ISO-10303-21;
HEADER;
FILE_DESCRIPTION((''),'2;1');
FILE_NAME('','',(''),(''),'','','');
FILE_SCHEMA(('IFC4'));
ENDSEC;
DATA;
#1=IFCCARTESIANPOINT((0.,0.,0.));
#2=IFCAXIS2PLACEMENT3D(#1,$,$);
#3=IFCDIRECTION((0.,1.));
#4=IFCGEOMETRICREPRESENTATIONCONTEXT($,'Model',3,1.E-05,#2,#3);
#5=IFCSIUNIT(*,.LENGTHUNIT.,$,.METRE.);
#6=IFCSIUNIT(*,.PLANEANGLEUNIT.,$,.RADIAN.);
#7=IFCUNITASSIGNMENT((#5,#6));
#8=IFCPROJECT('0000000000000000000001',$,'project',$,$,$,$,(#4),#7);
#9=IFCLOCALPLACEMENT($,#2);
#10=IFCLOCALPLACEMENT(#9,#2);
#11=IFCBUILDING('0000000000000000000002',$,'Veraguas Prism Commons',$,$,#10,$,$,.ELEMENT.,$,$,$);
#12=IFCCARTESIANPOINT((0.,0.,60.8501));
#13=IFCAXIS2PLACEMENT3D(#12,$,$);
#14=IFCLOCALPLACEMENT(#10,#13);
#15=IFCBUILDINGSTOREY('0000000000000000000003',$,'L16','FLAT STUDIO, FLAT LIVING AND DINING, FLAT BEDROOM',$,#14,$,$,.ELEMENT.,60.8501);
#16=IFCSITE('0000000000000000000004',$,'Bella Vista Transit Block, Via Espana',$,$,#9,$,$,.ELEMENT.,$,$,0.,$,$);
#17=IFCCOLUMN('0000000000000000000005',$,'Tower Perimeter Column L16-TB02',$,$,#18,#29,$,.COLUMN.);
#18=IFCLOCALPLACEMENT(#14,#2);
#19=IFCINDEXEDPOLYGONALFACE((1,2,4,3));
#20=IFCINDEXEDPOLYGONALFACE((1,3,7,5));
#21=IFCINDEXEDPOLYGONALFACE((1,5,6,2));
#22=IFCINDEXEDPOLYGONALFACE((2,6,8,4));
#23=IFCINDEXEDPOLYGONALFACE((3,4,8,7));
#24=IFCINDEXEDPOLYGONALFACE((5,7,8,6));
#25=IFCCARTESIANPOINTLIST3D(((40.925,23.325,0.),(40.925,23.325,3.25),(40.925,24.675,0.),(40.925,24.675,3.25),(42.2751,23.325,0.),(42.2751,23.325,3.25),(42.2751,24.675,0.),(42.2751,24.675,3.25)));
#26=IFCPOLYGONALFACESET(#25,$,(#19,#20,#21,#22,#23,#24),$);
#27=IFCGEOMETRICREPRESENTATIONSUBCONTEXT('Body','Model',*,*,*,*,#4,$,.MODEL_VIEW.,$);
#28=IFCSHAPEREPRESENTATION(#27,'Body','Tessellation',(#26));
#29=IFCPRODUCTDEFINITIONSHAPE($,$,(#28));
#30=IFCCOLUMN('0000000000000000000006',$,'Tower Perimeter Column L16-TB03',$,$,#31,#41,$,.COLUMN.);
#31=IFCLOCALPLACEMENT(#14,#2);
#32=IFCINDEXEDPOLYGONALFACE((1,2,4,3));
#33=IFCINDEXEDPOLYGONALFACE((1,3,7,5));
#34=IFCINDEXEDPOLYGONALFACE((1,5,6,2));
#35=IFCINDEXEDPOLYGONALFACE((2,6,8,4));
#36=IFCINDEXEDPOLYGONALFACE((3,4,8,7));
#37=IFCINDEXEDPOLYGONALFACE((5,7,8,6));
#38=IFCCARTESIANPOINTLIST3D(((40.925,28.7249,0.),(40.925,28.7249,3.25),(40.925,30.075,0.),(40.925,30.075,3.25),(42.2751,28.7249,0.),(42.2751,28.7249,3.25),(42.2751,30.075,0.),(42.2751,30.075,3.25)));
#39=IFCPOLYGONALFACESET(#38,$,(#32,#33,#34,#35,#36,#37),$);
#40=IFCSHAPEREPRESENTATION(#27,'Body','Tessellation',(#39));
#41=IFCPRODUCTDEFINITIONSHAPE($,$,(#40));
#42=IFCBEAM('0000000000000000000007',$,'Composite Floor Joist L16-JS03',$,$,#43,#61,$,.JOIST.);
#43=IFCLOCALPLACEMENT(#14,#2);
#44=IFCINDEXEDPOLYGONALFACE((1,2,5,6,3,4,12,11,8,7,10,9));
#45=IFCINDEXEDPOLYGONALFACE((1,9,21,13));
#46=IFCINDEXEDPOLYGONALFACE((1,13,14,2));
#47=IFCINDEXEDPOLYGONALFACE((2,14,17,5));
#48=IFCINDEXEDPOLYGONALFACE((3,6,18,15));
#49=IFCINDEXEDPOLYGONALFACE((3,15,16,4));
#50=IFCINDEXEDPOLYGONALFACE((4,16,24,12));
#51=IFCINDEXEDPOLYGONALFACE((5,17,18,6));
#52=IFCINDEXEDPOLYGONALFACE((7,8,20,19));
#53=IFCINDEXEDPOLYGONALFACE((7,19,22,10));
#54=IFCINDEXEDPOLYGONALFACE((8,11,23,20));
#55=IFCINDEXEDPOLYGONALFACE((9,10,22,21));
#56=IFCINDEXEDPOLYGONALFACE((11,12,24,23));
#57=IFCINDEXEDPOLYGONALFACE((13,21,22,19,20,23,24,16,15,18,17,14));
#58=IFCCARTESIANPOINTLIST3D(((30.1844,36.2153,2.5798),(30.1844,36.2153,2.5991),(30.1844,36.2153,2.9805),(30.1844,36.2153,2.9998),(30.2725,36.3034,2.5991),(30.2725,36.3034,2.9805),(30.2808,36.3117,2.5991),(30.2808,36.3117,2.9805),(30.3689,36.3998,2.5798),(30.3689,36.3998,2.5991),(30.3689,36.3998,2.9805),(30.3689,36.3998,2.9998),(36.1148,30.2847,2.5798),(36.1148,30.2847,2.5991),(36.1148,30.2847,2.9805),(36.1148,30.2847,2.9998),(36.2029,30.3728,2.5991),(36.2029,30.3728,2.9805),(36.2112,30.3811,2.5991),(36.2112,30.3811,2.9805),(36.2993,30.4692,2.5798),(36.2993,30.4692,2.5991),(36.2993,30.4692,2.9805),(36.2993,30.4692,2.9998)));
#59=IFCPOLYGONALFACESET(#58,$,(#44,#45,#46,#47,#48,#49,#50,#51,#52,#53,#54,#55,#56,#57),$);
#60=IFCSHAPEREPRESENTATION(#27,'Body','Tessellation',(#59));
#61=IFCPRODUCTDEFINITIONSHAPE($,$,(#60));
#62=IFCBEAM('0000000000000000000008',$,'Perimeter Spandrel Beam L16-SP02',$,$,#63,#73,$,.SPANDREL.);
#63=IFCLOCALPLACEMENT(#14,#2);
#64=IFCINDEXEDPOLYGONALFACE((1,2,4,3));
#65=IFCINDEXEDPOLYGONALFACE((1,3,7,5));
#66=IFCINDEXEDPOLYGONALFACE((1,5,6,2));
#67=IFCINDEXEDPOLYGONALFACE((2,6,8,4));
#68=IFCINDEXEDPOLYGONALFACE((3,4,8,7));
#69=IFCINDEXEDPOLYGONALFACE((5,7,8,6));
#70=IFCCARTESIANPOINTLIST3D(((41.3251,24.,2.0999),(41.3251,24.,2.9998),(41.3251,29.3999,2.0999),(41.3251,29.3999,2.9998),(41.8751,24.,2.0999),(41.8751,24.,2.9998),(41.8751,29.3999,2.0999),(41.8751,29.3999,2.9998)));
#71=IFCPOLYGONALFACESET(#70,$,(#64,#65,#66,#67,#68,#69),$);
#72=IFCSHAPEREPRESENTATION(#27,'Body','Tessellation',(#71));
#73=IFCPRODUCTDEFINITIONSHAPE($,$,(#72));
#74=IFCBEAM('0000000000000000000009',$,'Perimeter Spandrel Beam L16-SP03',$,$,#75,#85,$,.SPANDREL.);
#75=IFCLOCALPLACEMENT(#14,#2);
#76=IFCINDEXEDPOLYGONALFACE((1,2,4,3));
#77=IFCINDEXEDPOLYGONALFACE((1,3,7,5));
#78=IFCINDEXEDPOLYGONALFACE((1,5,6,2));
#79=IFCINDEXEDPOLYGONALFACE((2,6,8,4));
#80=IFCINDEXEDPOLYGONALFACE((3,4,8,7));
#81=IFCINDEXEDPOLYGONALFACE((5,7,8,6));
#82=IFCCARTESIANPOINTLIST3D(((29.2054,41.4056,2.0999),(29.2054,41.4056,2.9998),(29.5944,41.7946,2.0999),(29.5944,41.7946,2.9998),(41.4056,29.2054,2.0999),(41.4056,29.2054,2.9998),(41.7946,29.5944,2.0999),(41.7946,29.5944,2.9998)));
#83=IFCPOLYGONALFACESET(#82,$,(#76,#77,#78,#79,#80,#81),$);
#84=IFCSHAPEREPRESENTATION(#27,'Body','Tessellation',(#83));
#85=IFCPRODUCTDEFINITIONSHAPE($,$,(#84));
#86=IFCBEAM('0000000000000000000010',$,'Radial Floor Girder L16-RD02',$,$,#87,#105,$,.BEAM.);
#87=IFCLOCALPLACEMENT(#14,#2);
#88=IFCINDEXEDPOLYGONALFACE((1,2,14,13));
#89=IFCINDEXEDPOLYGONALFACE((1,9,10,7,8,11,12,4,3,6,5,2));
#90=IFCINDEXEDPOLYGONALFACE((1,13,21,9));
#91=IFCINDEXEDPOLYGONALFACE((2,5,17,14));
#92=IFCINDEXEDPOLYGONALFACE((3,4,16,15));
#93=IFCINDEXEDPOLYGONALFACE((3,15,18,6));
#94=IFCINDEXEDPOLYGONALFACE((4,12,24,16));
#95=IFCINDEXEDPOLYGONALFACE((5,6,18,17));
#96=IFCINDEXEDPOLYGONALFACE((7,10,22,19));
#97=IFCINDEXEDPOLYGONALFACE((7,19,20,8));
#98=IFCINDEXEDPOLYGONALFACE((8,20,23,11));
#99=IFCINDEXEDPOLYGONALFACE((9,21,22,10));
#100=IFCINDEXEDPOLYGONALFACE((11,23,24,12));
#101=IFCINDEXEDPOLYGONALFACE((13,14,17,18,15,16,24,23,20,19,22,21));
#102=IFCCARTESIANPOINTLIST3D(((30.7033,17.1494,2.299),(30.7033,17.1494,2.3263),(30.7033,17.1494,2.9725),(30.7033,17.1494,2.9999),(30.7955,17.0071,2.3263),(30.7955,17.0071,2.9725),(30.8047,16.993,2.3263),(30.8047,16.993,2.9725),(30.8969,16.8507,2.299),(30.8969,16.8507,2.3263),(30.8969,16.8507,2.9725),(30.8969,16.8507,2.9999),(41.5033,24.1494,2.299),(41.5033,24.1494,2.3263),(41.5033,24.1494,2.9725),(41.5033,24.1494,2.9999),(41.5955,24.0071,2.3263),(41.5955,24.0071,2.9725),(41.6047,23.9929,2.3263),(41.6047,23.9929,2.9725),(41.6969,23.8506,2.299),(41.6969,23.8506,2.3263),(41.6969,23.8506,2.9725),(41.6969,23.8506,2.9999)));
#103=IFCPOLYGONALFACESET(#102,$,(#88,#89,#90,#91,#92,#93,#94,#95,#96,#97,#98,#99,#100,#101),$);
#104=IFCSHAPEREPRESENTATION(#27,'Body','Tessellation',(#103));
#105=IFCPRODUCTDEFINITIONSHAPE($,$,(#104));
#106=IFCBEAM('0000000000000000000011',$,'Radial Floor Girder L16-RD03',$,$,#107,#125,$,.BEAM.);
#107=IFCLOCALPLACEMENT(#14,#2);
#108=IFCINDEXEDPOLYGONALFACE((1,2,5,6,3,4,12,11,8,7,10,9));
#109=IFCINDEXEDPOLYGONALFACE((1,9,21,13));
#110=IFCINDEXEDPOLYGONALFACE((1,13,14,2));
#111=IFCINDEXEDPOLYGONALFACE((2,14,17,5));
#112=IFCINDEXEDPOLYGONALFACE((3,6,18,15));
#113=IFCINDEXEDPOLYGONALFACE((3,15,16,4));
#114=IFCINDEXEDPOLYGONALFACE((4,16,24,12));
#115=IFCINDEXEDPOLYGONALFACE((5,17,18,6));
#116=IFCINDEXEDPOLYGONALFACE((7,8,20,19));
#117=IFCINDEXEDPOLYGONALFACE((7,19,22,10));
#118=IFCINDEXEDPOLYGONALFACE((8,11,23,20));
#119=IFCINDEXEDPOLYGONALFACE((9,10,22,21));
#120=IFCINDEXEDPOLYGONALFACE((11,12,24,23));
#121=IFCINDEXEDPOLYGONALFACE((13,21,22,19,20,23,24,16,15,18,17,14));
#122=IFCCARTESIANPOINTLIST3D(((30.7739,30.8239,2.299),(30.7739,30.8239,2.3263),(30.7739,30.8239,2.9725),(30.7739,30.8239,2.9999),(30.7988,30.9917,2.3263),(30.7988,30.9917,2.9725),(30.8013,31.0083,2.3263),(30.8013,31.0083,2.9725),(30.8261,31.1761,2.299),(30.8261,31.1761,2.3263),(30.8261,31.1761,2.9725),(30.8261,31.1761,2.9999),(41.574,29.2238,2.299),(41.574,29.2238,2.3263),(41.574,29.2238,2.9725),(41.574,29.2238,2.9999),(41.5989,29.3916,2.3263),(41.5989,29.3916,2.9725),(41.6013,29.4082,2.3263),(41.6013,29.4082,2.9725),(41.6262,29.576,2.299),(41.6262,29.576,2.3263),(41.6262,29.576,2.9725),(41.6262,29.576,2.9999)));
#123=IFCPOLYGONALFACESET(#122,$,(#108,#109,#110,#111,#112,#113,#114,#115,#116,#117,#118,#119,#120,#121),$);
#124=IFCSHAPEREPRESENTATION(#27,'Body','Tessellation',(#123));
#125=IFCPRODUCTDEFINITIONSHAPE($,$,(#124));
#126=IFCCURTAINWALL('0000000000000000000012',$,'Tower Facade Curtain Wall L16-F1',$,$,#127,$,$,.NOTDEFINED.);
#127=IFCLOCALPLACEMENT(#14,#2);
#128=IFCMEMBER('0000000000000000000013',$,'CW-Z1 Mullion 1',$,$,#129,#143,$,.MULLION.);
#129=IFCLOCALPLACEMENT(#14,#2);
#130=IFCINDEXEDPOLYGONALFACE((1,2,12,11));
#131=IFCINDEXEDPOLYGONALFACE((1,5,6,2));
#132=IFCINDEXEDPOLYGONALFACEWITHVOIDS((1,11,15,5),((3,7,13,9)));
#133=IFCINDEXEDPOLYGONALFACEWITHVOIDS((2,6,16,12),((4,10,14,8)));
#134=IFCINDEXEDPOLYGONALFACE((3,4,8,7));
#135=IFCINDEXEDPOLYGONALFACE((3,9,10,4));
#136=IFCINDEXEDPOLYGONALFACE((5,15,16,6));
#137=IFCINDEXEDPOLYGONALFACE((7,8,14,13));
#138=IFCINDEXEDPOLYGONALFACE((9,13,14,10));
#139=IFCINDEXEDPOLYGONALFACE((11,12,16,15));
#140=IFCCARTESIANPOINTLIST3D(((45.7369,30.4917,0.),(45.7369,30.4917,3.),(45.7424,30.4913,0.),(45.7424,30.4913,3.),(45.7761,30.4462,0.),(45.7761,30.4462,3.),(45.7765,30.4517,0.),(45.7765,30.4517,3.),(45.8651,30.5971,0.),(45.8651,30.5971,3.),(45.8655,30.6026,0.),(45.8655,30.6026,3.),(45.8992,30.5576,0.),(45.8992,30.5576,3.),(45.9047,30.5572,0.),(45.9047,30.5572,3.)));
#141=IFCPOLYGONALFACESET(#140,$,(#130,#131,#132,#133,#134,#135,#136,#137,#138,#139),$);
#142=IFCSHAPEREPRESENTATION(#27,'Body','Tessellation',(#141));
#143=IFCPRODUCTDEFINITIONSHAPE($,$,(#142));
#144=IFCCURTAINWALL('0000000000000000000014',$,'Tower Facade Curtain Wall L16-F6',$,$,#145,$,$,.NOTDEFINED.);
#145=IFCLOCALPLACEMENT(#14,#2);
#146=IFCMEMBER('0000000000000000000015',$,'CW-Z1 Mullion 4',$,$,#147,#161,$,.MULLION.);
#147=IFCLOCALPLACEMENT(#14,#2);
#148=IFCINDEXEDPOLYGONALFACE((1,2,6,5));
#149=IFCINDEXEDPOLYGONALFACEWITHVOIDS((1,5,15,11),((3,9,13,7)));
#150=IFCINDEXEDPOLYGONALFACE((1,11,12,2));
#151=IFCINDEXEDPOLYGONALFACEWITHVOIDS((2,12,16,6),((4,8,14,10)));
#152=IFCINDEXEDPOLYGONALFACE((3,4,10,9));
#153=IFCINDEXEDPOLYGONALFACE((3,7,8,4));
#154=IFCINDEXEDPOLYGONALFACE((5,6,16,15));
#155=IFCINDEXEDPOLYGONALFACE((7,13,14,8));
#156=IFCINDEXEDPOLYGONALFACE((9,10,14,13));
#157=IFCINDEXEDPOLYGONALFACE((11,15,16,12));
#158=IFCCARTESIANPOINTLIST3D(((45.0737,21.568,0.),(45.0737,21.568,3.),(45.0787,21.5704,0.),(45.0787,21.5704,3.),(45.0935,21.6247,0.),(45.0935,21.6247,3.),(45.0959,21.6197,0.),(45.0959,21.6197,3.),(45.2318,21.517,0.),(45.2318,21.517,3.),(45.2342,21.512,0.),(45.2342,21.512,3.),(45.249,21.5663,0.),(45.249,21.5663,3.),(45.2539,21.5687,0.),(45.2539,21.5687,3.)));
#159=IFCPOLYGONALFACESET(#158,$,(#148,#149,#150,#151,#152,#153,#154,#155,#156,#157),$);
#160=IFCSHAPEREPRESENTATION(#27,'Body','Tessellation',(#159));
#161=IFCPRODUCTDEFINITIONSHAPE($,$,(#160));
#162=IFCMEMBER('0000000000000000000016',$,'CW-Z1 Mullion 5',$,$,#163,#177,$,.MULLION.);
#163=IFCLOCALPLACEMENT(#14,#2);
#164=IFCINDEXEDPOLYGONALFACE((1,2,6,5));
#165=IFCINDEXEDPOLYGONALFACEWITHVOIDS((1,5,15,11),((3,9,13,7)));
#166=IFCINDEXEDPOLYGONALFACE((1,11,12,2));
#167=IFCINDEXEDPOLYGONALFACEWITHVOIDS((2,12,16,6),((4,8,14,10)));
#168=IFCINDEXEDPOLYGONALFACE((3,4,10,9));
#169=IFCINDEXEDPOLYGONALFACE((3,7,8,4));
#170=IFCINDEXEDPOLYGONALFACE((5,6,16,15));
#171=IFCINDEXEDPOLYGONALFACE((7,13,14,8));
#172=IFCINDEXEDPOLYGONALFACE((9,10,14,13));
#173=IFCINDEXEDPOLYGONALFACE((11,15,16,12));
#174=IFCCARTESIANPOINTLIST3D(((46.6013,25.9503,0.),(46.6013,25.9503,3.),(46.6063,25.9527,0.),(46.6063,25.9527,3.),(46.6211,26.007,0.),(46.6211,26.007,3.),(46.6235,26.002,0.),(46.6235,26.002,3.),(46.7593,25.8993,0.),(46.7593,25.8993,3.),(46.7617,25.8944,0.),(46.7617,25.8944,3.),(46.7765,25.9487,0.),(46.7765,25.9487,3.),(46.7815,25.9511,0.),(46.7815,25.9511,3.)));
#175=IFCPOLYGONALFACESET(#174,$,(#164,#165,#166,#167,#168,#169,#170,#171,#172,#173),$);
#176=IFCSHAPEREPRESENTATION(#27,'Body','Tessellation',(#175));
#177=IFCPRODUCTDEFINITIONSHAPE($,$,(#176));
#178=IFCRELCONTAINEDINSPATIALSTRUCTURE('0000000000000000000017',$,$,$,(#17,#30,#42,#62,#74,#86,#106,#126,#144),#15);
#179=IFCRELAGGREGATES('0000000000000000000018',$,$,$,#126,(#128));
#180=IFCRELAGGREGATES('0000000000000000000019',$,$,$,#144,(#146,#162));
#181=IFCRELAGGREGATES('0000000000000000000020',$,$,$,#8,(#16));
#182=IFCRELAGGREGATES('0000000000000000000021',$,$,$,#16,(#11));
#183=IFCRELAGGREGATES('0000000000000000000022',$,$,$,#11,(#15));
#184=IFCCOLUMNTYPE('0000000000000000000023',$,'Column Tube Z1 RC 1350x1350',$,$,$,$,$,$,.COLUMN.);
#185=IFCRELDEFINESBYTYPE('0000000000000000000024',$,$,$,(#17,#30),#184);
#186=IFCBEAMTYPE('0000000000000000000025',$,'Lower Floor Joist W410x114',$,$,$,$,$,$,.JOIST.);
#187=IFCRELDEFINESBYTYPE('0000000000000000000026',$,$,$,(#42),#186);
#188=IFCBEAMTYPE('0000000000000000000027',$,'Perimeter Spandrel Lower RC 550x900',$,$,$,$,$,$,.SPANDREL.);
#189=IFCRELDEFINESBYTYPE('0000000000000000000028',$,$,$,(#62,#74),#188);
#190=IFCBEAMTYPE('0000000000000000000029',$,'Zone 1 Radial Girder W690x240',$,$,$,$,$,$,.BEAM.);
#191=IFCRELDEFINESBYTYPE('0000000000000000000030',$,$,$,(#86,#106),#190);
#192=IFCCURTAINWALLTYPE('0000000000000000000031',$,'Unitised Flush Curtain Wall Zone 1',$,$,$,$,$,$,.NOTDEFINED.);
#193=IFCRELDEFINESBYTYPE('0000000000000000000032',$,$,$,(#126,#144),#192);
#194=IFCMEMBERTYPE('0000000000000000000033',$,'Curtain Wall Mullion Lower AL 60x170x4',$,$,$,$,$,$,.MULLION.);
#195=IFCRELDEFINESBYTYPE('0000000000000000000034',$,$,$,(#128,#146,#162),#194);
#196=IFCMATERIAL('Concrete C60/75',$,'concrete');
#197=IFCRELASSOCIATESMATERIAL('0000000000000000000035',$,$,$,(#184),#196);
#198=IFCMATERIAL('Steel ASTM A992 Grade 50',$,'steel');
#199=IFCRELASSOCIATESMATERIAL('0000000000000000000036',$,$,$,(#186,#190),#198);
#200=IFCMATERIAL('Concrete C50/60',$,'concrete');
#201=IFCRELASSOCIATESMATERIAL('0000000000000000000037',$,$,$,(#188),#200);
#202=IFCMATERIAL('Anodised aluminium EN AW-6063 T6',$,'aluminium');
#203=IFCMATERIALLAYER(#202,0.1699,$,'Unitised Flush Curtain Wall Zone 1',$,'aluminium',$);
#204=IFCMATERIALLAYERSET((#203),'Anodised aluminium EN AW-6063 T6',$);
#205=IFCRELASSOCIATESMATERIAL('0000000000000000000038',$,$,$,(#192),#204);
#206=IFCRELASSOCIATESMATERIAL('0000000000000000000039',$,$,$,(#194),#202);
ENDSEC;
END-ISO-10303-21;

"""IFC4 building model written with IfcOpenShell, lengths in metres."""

from ifc_helpers import new_model, si_unit, direction, frame, origin, origin_2d, place, context, subcontext, project, spatial, rectangle, hollow_rectangle, i_section, extrude, source, transform, mapped, material, layer, layer_set, material_profile, profile_set, type_object, element, aggregate, save


model = new_model("IFC4")

# Units and contexts
model_context = context("Model", 3, precision=1e-05, world=origin(), true_north=direction((0.0, 1.0)))
body_context = subcontext(model_context, "Body", "Model", "MODEL_VIEW")
ifc_project = project(units=[si_unit("LENGTHUNIT", "METRE"), si_unit("PLANEANGLEUNIT", "RADIAN")], contexts=[model_context])

# Site, building, storey
site_placement = place(None, origin())
site = spatial("IfcSite", under=ifc_project, at=site_placement, Name="Bella Vista Transit Block, Via Espana", CompositionType="ELEMENT", RefElevation=0.0)
building_placement = place(site_placement, origin())
building = spatial("IfcBuilding", under=site, at=building_placement, Name="Veraguas Prism Commons", CompositionType="ELEMENT")
storey_placement = place(building_placement, frame((0.0, 0.0, 60.8501)))
storey = spatial("IfcBuildingStorey", under=building, at=storey_placement, Name="L16", Description="FLAT STUDIO, FLAT LIVING AND DINING, FLAT BEDROOM", CompositionType="ELEMENT", Elevation=60.8501)

# Columns
ifc_material_1 = material(Name="Concrete C60/75", Category="concrete")
ifc_material_profile_1 = material_profile(ifc_material_1, rectangle(XDim=1.3501, YDim=1.3501, at=origin_2d()), Name="RC1350X1350")
ifc_profile_set_1 = profile_set([ifc_material_profile_1], Name="Concrete C60/75")
column_type = type_object("IfcColumnType", Name="Column Tube Z1 RC 1350x1350", PredefinedType="COLUMN", material=ifc_profile_set_1)
for number, where, z_axis, x_axis, name in (
    (1, (41.6001, 24.0, 0.0), (0.0, 0.0, 1.0), (1.0, 0.0, 0.0), "Tower Perimeter Column L16-TB02"),
    (2, (41.6001, 29.3999, 0.0), (0.0, 0.0, 1.0), (1.0, 0.0, 0.0), "Tower Perimeter Column L16-TB03"),
):
    element("IfcColumn", number, at=place(storey_placement, frame(where, z_axis=z_axis, x_axis=x_axis)), inside=storey, type_object=column_type, Name=name, PredefinedType="COLUMN", context=body_context, shape_type="SweptSolid", body=[
        extrude(rectangle(XDim=1.3501, YDim=1.3501, at=origin_2d()), origin(), (0.0, 0.0, 1.0), 3.25),
    ])

# Beams
ifc_material_2 = material(Name="Steel ASTM A992 Grade 50", Category="steel")
ifc_material_profile_2 = material_profile(ifc_material_2, i_section(OverallWidth=0.261, OverallDepth=0.4199, WebThickness=0.0117, FlangeThickness=0.0193, at=origin_2d()), Name="W410X114")
ifc_profile_set_2 = profile_set([ifc_material_profile_2], Name="Steel ASTM A992 Grade 50")
beam_type_1 = type_object("IfcBeamType", Name="Lower Floor Joist W410x114", PredefinedType="JOIST", material=ifc_profile_set_2)
beam_1_placement = place(storey_placement, frame((36.207, 30.377, 2.7898), z_axis=(-0.707092, 0.707121, 0.0), x_axis=(-0.707121, -0.707092, 0.0)))
element("IfcBeam", 3, at=beam_1_placement, inside=storey, type_object=beam_type_1, Name="Composite Floor Joist L16-JS03", PredefinedType="JOIST", context=body_context, shape_type="SweptSolid", body=[
    extrude(i_section(OverallWidth=0.261, OverallDepth=0.4199, WebThickness=0.0117, FlangeThickness=0.0193, at=origin_2d()), origin(), (0.0, 0.0, 1.0), 8.387),
])
ifc_material_3 = material(Name="Concrete C50/60", Category="concrete")
ifc_material_profile_3 = material_profile(ifc_material_3, rectangle(XDim=0.55, YDim=0.8999, at=origin_2d()), Name="RC550X900")
ifc_profile_set_3 = profile_set([ifc_material_profile_3], Name="Concrete C50/60")
beam_type_2 = type_object("IfcBeamType", Name="Perimeter Spandrel Lower RC 550x900", PredefinedType="SPANDREL", material=ifc_profile_set_3)
beam_2_placement = place(storey_placement, frame((41.6001, 24.0, 2.5498), z_axis=(0.0, 1.0, 0.0), x_axis=(-1.0, 0.0, 0.0)))
element("IfcBeam", 4, at=beam_2_placement, inside=storey, type_object=beam_type_2, Name="Perimeter Spandrel Beam L16-SP02", PredefinedType="SPANDREL", context=body_context, shape_type="SweptSolid", body=[
    extrude(rectangle(XDim=0.55, YDim=0.8999, at=origin_2d()), origin(), (0.0, 0.0, 1.0), 5.3999),
])
beam_3_placement = place(storey_placement, frame((41.6001, 29.3999, 2.5498), z_axis=(-0.707107, 0.707107, 0.0), x_axis=(-0.707107, -0.707107, 0.0)))
element("IfcBeam", 5, at=beam_3_placement, inside=storey, type_object=beam_type_2, Name="Perimeter Spandrel Beam L16-SP03", PredefinedType="SPANDREL", context=body_context, shape_type="SweptSolid", body=[
    extrude(rectangle(XDim=0.55, YDim=0.8999, at=origin_2d()), origin(), (0.0, 0.0, 1.0), 17.2537),
])
ifc_material_profile_4 = material_profile(ifc_material_2, i_section(OverallWidth=0.356, OverallDepth=0.7009, WebThickness=0.0168, FlangeThickness=0.0273, at=origin_2d()), Name="W690X240")
ifc_profile_set_4 = profile_set([ifc_material_profile_4], Name="Steel ASTM A992 Grade 50")
beam_type_3 = type_object("IfcBeamType", Name="Zone 1 Radial Girder W690x240", PredefinedType="BEAM", material=ifc_profile_set_4)
beam_4_placement = place(storey_placement, frame((41.6001, 24.0, 2.6494), z_axis=(-0.839154, -0.543894, 0.0), x_axis=(0.543894, -0.839154, 0.0)))
element("IfcBeam", 6, at=beam_4_placement, inside=storey, type_object=beam_type_3, Name="Radial Floor Girder L16-RD02", PredefinedType="BEAM", context=body_context, shape_type="SweptSolid", body=[
    extrude(i_section(OverallWidth=0.356, OverallDepth=0.7009, WebThickness=0.0168, FlangeThickness=0.0273, at=origin_2d()), origin(), (0.0, 0.0, 1.0), 12.8701),
])
beam_5_placement = place(storey_placement, frame((41.6001, 29.3999, 2.6494), z_axis=(-0.989202, 0.146557, 0.0), x_axis=(-0.146557, -0.989202, 0.0)))
element("IfcBeam", 7, at=beam_5_placement, inside=storey, type_object=beam_type_3, Name="Radial Floor Girder L16-RD03", PredefinedType="BEAM", context=body_context, shape_type="SweptSolid", body=[
    extrude(i_section(OverallWidth=0.356, OverallDepth=0.7009, WebThickness=0.0168, FlangeThickness=0.0273, at=origin_2d()), origin(), (0.0, 0.0, 1.0), 10.918),
])

# Curtain wall, member
ifc_material_4 = material(Name="Anodised aluminium EN AW-6063 T6", Category="aluminium")
ifc_layer_1 = layer(ifc_material_4, 0.1699, Name="Unitised Flush Curtain Wall Zone 1", Category="aluminium")
ifc_layer_set_1 = layer_set([ifc_layer_1], Name="Anodised aluminium EN AW-6063 T6")
curtain_wall_type = type_object("IfcCurtainWallType", Name="Unitised Flush Curtain Wall Zone 1", PredefinedType="NOTDEFINED", material=ifc_layer_set_1)
curtain_wall_1_placement = place(storey_placement, origin())
curtain_wall_1 = element("IfcCurtainWall", 8, at=curtain_wall_1_placement, inside=storey, type_object=curtain_wall_type, Name="Tower Facade Curtain Wall L16-F1", PredefinedType="NOTDEFINED")
ifc_material_profile_5 = material_profile(ifc_material_4, hollow_rectangle(XDim=0.0601, YDim=0.1699, WallThickness=0.0039, at=origin_2d()), Name="AL60X170X4")
ifc_profile_set_5 = profile_set([ifc_material_profile_5], Name="Anodised aluminium EN AW-6063 T6")
member_type = type_object("IfcMemberType", Name="Curtain Wall Mullion Lower AL 60x170x4", PredefinedType="MULLION", material=ifc_profile_set_5)
shared_shape_1 = source(origin(), body_context, "Body", "SweptSolid", [
    extrude(hollow_rectangle(XDim=0.0601, YDim=0.1699, WallThickness=0.0039, at=origin_2d()), origin(), (0.0, 0.0, 1.0), 3.0),
])
member_1_placement = place(storey_placement, frame((45.8208, 30.5244, 0.0), z_axis=(0.0, 0.0, 1.0), x_axis=(-0.65315, 0.757229, 0.0)))
member_1 = element("IfcMember", 9, at=member_1_placement, type_object=member_type, Name="CW-Z1 Mullion 1", PredefinedType="MULLION", context=body_context, shape_type="MappedRepresentation", body=[
    mapped(shared_shape_1, transform((0.0, 0.0, 0.0), scale=1.0)),
])
aggregate(curtain_wall_1, [member_1])

# Curtain wall, members
curtain_wall_2_placement = place(storey_placement, origin())
curtain_wall_2 = element("IfcCurtainWall", 10, at=curtain_wall_2_placement, inside=storey, type_object=curtain_wall_type, Name="Tower Facade Curtain Wall L16-F6", PredefinedType="NOTDEFINED")
member_2_placement = place(storey_placement, frame((45.1638, 21.5684, 0.0), z_axis=(0.0, 0.0, 1.0), x_axis=(0.329195, 0.944262, 0.0)))
member_2 = element("IfcMember", 11, at=member_2_placement, type_object=member_type, Name="CW-Z1 Mullion 4", PredefinedType="MULLION", context=body_context, shape_type="MappedRepresentation", body=[
    mapped(shared_shape_1, transform((0.0, 0.0, 0.0), scale=1.0)),
])
member_3_placement = place(storey_placement, frame((46.6914, 25.9507, 0.0), z_axis=(0.0, 0.0, 1.0), x_axis=(0.329195, 0.944262, 0.0)))
member_3 = element("IfcMember", 12, at=member_3_placement, type_object=member_type, Name="CW-Z1 Mullion 5", PredefinedType="MULLION", context=body_context, shape_type="MappedRepresentation", body=[
    mapped(shared_shape_1, transform((0.0, 0.0, 0.0), scale=1.0)),
])
aggregate(curtain_wall_2, [member_2, member_3])

save(model, "model.ifc")
